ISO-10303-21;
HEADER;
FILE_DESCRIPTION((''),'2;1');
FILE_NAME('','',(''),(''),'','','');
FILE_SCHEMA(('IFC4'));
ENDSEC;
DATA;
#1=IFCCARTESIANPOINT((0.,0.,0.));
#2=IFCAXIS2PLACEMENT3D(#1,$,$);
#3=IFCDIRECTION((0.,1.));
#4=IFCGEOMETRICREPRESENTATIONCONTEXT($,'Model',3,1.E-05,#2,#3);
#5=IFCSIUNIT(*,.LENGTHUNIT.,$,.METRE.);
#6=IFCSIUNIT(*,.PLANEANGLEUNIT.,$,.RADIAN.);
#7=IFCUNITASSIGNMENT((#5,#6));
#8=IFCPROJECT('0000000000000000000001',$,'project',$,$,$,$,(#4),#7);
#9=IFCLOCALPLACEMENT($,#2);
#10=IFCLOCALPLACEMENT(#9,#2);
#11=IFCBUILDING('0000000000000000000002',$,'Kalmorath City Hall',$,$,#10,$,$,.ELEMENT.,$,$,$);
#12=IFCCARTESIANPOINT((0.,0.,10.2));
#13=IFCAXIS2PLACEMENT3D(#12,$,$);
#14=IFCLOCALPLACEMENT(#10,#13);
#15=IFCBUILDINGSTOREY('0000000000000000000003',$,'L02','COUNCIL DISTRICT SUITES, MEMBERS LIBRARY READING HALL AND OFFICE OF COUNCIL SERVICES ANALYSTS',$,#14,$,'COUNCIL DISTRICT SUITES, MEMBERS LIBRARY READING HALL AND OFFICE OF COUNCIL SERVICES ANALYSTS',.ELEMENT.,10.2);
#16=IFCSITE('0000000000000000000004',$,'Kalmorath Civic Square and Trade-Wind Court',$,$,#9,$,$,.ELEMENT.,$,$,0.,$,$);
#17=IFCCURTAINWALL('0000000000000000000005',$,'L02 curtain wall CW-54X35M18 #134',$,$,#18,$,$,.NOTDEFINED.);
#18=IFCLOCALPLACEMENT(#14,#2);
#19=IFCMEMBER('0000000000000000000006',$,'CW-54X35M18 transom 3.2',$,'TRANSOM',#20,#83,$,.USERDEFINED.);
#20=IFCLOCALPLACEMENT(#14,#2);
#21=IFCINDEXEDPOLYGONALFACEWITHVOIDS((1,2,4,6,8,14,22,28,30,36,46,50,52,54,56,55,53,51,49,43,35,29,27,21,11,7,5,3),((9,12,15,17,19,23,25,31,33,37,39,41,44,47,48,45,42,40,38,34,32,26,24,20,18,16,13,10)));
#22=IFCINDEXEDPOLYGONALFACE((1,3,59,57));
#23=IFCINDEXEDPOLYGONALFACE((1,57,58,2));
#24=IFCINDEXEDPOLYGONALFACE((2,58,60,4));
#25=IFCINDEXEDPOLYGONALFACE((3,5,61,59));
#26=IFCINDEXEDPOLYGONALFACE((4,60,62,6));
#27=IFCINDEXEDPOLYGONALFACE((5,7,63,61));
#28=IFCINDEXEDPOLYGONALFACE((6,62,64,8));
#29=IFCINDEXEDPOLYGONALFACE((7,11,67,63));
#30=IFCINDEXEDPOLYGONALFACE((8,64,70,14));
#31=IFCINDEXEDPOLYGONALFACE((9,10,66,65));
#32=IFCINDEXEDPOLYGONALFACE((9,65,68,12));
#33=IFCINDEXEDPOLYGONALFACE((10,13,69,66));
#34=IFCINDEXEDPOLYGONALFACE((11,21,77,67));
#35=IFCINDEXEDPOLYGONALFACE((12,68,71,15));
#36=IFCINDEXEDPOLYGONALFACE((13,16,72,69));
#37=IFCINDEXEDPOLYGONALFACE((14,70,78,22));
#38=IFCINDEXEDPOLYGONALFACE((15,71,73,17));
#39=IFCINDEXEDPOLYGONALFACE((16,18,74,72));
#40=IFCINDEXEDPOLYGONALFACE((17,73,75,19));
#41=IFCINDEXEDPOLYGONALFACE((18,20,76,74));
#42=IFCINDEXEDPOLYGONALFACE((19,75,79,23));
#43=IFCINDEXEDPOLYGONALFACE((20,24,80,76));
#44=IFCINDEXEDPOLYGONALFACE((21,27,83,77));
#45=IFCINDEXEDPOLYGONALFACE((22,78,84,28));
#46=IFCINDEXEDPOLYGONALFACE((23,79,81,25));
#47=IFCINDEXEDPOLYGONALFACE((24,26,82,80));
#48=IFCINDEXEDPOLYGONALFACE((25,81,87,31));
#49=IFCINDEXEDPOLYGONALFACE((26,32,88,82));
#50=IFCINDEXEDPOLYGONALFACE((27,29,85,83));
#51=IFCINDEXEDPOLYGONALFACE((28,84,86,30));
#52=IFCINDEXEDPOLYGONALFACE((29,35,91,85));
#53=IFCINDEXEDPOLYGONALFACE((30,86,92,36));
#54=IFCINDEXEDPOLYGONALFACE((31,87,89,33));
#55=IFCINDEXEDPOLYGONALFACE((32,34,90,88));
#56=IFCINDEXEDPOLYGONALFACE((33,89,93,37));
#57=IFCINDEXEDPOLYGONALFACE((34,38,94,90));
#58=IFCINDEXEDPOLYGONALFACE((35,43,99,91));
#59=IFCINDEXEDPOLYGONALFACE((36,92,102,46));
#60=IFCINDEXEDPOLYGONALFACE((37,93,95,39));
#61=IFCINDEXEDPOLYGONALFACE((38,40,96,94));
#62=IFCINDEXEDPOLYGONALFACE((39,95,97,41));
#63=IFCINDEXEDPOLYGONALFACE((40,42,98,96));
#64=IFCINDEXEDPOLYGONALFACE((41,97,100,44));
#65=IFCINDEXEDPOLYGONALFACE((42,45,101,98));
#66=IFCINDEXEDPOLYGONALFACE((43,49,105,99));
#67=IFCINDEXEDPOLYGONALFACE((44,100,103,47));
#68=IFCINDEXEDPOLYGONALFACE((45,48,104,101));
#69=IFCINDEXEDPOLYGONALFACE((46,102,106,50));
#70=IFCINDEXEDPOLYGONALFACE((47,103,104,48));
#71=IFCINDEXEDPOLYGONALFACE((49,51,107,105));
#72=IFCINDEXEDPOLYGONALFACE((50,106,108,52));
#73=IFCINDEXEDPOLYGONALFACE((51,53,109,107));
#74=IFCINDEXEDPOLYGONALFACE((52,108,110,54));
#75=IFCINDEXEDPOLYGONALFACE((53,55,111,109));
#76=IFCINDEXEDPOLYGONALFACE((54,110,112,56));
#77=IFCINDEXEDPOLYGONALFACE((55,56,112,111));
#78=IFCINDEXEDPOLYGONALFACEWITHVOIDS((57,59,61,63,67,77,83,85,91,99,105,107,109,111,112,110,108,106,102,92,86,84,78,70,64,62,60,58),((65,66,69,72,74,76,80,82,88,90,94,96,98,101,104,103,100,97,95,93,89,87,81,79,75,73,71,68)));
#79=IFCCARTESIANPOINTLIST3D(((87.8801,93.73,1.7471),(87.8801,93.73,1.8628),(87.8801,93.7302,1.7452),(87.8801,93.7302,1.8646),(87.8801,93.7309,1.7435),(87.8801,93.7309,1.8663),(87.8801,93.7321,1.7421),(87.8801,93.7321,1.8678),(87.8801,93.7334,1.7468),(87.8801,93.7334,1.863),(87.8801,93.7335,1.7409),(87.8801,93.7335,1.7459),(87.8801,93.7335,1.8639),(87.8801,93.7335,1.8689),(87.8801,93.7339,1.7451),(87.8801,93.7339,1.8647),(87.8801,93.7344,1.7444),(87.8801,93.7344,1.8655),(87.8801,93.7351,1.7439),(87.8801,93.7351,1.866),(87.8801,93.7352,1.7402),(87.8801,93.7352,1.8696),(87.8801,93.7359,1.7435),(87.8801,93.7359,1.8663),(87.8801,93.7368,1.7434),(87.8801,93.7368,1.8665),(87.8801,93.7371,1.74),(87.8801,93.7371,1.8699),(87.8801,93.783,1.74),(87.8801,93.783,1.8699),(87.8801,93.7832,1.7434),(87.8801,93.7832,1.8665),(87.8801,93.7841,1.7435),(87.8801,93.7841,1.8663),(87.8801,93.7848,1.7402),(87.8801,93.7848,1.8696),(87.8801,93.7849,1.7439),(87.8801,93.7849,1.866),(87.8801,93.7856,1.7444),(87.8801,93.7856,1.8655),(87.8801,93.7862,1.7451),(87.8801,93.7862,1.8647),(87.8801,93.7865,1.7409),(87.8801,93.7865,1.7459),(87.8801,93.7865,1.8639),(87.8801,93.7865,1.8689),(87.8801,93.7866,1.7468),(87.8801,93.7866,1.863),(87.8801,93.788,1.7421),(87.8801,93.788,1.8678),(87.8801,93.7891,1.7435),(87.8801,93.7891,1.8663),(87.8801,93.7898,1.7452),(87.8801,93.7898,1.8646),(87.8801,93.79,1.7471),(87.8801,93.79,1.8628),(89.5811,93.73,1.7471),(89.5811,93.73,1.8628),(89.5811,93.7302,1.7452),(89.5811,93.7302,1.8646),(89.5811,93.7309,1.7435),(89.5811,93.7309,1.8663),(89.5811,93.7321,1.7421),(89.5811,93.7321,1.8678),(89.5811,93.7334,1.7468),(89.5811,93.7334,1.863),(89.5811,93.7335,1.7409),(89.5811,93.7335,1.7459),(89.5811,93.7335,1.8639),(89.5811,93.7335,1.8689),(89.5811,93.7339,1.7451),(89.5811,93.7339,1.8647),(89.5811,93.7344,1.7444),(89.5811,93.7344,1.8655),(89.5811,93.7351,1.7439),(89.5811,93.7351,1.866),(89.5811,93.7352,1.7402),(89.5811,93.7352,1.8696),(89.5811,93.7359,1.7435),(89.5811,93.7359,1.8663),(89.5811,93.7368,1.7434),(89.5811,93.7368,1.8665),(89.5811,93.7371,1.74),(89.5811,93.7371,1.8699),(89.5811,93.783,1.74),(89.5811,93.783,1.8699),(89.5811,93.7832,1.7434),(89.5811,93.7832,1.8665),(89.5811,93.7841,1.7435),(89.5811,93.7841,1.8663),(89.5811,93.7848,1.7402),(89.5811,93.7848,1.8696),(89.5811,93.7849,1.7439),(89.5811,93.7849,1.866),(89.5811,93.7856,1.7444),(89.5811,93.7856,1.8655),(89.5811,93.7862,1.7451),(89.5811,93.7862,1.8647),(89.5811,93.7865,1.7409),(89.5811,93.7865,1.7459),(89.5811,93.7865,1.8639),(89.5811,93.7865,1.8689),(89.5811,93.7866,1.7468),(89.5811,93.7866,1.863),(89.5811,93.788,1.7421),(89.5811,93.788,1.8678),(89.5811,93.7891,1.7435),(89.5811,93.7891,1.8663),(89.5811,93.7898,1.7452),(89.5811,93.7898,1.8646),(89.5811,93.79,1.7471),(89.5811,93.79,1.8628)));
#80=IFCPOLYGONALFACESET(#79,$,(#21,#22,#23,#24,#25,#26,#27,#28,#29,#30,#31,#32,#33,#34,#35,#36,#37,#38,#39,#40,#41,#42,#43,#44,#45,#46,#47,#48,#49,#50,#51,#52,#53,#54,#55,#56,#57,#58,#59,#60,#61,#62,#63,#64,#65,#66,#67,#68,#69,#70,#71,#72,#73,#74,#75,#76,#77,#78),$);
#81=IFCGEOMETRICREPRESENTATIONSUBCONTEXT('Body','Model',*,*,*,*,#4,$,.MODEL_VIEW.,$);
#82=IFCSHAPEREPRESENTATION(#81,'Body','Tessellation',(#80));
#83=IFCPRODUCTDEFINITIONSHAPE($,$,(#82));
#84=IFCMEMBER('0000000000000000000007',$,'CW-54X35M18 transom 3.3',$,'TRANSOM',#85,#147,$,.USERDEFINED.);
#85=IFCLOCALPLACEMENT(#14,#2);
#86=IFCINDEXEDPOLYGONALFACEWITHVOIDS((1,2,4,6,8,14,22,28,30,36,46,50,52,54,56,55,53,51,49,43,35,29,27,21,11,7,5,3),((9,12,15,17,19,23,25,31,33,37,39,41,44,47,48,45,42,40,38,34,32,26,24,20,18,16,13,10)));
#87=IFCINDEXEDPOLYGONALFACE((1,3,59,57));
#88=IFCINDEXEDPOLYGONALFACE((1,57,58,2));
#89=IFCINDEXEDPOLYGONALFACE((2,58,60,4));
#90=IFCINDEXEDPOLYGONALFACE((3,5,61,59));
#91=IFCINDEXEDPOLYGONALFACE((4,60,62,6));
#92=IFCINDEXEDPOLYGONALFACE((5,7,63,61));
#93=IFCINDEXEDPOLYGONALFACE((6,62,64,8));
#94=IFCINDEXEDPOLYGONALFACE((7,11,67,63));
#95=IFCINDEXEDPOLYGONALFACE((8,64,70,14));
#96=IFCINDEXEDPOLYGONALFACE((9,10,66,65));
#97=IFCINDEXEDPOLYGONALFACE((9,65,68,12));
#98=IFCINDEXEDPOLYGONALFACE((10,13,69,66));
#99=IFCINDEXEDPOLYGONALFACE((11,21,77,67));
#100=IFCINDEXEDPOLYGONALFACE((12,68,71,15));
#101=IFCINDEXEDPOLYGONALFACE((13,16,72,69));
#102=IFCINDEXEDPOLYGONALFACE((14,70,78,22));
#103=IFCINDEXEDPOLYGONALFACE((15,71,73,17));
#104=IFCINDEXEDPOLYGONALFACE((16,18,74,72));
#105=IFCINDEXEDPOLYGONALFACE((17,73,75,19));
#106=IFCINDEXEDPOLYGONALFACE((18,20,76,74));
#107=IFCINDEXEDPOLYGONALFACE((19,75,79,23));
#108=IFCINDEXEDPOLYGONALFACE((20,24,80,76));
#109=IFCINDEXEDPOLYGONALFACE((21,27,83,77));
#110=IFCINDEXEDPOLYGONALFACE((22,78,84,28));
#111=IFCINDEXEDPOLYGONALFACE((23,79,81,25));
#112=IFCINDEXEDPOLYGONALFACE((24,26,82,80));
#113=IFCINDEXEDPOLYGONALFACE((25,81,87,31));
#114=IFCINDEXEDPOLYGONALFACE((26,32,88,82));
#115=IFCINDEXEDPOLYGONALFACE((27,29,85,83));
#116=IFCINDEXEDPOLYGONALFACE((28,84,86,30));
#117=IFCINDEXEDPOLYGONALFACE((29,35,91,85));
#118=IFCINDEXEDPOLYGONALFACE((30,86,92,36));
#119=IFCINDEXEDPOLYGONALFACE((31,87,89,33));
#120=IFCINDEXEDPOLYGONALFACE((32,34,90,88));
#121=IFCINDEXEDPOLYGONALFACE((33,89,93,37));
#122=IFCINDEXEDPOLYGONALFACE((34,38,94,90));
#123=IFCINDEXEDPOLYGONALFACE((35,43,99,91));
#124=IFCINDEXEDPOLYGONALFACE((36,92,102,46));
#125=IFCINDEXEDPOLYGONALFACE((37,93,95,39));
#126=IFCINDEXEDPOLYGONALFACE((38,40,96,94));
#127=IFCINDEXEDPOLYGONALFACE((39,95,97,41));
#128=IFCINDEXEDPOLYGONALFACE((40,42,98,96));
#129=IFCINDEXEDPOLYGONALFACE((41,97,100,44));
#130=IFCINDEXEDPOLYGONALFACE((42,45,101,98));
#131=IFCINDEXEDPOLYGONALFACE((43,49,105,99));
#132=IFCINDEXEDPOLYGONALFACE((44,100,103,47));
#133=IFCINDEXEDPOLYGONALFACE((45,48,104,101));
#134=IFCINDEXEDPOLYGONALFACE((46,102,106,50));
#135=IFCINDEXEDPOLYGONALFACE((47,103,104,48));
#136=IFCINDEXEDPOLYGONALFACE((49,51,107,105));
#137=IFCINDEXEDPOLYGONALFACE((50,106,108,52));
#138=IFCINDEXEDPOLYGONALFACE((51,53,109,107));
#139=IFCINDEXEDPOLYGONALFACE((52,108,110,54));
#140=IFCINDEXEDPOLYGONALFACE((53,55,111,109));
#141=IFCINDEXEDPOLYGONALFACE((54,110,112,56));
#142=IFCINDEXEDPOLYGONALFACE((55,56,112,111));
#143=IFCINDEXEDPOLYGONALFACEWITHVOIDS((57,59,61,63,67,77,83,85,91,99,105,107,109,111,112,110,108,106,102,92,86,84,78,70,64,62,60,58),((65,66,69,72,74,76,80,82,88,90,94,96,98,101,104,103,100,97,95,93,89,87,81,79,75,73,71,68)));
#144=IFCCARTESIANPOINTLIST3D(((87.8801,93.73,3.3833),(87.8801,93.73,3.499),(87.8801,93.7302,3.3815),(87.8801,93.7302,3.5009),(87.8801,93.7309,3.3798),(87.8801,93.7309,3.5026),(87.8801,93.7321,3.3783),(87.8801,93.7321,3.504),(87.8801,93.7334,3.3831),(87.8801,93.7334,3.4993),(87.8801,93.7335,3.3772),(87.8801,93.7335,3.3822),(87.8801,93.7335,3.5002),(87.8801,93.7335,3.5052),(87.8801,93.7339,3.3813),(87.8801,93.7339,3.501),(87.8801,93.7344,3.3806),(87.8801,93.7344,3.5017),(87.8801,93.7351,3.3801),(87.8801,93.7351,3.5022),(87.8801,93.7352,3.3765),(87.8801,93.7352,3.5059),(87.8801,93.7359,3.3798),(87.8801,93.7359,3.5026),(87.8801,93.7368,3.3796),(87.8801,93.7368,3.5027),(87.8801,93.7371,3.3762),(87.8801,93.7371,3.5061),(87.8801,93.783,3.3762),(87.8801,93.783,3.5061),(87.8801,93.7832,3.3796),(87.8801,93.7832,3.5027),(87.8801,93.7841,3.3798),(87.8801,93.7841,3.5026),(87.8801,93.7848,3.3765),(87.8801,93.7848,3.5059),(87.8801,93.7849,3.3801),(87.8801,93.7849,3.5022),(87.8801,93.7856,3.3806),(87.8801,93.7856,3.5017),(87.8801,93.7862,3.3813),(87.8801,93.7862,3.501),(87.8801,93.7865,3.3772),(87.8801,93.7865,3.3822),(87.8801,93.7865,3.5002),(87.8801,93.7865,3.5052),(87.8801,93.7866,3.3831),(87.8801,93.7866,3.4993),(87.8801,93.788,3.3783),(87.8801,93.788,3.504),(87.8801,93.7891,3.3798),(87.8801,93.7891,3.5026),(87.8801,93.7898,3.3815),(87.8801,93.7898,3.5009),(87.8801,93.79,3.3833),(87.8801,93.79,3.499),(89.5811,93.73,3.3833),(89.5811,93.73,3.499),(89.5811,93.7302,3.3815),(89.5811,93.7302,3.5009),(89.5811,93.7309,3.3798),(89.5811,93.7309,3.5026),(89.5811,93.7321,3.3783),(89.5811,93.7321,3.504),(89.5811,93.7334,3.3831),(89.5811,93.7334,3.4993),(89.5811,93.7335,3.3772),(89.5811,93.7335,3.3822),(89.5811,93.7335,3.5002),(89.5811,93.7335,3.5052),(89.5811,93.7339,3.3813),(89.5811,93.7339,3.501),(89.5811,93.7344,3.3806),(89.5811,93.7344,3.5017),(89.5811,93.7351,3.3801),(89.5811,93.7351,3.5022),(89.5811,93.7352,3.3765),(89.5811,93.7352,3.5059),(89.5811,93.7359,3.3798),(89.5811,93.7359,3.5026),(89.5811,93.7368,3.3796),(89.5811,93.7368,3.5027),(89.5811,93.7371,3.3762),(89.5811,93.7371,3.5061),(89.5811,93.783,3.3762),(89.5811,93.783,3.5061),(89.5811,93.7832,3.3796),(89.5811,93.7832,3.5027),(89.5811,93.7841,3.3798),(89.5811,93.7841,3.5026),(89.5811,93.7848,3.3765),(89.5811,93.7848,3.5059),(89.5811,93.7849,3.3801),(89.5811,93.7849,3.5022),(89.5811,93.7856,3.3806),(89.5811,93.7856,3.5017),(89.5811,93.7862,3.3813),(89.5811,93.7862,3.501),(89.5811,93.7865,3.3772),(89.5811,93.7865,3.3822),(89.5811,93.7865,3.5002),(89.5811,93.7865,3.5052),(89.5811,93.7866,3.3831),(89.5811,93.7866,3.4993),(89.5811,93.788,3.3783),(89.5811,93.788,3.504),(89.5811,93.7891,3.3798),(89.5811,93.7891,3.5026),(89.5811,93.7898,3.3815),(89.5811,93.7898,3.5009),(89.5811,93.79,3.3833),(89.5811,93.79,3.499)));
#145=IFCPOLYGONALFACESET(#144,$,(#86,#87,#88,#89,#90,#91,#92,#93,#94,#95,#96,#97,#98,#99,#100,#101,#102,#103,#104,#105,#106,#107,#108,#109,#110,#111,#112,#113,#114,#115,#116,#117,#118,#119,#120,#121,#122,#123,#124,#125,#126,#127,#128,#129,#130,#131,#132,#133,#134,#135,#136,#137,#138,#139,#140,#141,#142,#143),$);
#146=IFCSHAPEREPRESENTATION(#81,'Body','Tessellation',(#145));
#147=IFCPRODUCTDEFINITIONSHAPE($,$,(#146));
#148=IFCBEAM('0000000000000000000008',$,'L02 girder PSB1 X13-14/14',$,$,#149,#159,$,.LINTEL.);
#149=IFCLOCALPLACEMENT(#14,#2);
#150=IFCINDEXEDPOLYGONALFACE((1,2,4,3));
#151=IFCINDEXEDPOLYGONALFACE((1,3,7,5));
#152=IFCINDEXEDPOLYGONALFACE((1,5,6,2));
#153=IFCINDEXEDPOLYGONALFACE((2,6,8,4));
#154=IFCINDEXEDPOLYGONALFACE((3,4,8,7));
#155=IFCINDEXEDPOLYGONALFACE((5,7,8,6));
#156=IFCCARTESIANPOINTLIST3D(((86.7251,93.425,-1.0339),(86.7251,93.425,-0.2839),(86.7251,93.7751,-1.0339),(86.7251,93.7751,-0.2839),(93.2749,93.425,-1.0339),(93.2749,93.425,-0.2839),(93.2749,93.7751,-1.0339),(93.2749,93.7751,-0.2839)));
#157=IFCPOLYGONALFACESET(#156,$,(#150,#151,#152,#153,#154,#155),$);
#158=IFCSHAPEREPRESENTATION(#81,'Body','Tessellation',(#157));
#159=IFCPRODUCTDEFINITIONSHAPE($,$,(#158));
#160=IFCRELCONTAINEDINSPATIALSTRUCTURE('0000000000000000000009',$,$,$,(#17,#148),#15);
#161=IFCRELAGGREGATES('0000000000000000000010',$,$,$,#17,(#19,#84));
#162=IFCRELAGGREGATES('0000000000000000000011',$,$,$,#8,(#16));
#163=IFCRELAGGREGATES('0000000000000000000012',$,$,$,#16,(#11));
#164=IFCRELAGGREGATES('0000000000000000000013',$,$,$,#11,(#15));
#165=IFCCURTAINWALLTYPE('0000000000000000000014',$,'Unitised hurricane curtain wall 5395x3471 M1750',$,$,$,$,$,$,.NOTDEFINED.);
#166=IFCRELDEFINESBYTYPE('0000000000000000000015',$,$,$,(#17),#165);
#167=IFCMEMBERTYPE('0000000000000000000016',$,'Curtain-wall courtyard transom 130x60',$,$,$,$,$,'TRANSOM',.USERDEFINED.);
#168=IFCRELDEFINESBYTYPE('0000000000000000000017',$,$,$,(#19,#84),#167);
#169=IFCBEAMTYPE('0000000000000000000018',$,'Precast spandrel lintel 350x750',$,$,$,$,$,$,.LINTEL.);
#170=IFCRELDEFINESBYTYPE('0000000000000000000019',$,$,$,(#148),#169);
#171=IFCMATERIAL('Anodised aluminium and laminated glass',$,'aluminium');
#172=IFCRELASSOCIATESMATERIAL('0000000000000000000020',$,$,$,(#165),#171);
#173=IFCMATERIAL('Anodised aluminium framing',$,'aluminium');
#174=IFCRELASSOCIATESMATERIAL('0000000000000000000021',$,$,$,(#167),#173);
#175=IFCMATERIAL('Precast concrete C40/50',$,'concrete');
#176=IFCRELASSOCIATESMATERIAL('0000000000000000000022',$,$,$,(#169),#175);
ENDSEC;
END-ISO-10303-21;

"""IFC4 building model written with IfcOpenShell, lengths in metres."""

from ifc_helpers import new_model, si_unit, direction, frame, origin, origin_2d, place, context, subcontext, project, spatial, rectangle, hollow_rectangle, extrude, material, material_profile, profile_set, type_object, element, aggregate, save


model = new_model("IFC4")

# Units and contexts
model_context = context("Model", 3, precision=1e-05, world=origin(), true_north=direction((0.0, 1.0)))
body_context = subcontext(model_context, "Body", "Model", "MODEL_VIEW")
ifc_project = project(units=[si_unit("LENGTHUNIT", "METRE"), si_unit("PLANEANGLEUNIT", "RADIAN")], contexts=[model_context])

# Site, building, storey
site_placement = place(None, origin())
site = spatial("IfcSite", under=ifc_project, at=site_placement, Name="Kalmorath Civic Square and Trade-Wind Court", CompositionType="ELEMENT", RefElevation=0.0)
building_placement = place(site_placement, origin())
building = spatial("IfcBuilding", under=site, at=building_placement, Name="Kalmorath City Hall", CompositionType="ELEMENT")
storey_placement = place(building_placement, frame((0.0, 0.0, 10.2)))
storey = spatial("IfcBuildingStorey", under=building, at=storey_placement, Name="L02", Description="COUNCIL DISTRICT SUITES, MEMBERS LIBRARY READING HALL AND OFFICE OF COUNCIL SERVICES ANALYSTS", LongName="COUNCIL DISTRICT SUITES, MEMBERS LIBRARY READING HALL AND OFFICE OF COUNCIL SERVICES ANALYSTS", CompositionType="ELEMENT", Elevation=10.2)

# Curtain wall, members
ifc_material_1 = material(Name="Anodised aluminium and laminated glass", Category="aluminium")
curtain_wall_type = type_object("IfcCurtainWallType", Name="Unitised hurricane curtain wall 5395x3471 M1750", PredefinedType="NOTDEFINED", material=ifc_material_1)
curtain_wall_placement = place(storey_placement, origin())
curtain_wall = element("IfcCurtainWall", 1, at=curtain_wall_placement, inside=storey, type_object=curtain_wall_type, Name="L02 curtain wall CW-54X35M18 #134", PredefinedType="NOTDEFINED")
ifc_material_2 = material(Name="Anodised aluminium framing", Category="aluminium")
ifc_material_profile_1 = material_profile(ifc_material_2, hollow_rectangle(XDim=0.0601, YDim=0.1299, WallThickness=0.0034, InnerFilletRadius=0.0034, OuterFilletRadius=0.0071, at=origin_2d()), Name="ALU-TRN-130X60X3.5")
ifc_profile_set_1 = profile_set([ifc_material_profile_1], Name="Anodised aluminium framing")
member_type_1 = type_object("IfcMemberType", Name="Curtain-wall courtyard transom 130x60", ElementType="TRANSOM", PredefinedType="USERDEFINED", material=ifc_profile_set_1)
member_1_placement = place(storey_placement, frame((89.5811, 93.76, 1.8049), z_axis=(-1.0, 0.0, 0.0), x_axis=(0.0, -1.0, 0.0)))
member_1 = element("IfcMember", 2, at=member_1_placement, type_object=member_type_1, Name="CW-54X35M18 transom 3.2", ObjectType="TRANSOM", PredefinedType="USERDEFINED", context=body_context, shape_type="SweptSolid", body=[
    extrude(hollow_rectangle(XDim=0.0601, YDim=0.1299, WallThickness=0.0034, InnerFilletRadius=0.0034, OuterFilletRadius=0.0071, at=origin_2d()), origin(), (0.0, 0.0, 1.0), 1.7009),
])
member_2_placement = place(storey_placement, frame((89.5811, 93.76, 3.4412), z_axis=(-1.0, 0.0, 0.0), x_axis=(0.0, -1.0, 0.0)))
member_2 = element("IfcMember", 3, at=member_2_placement, type_object=member_type_1, Name="CW-54X35M18 transom 3.3", ObjectType="TRANSOM", PredefinedType="USERDEFINED", context=body_context, shape_type="SweptSolid", body=[
    extrude(hollow_rectangle(XDim=0.0601, YDim=0.1299, WallThickness=0.0034, InnerFilletRadius=0.0034, OuterFilletRadius=0.0071, at=origin_2d()), origin(), (0.0, 0.0, 1.0), 1.7009),
])

# Beam
ifc_material_3 = material(Name="Precast concrete C40/50", Category="concrete")
ifc_material_profile_2 = material_profile(ifc_material_3, rectangle(XDim=0.3501, YDim=0.75, at=origin_2d()), Name="PC-SP-350X750")
ifc_profile_set_2 = profile_set([ifc_material_profile_2], Name="Precast concrete C40/50")
beam_type_1 = type_object("IfcBeamType", Name="Precast spandrel lintel 350x750", PredefinedType="LINTEL", material=ifc_profile_set_2)
beam_placement = place(storey_placement, frame((86.7251, 93.6001, -0.6589), z_axis=(1.0, 0.0, 0.0), x_axis=(0.0, 1.0, 0.0)))
element("IfcBeam", 4, at=beam_placement, inside=storey, type_object=beam_type_1, Name="L02 girder PSB1 X13-14/14", PredefinedType="LINTEL", context=body_context, shape_type="SweptSolid", body=[
    extrude(rectangle(XDim=0.3501, YDim=0.75, at=origin_2d()), origin(), (0.0, 0.0, 1.0), 6.5498),
])

aggregate(curtain_wall, [member_1, member_2])

save(model, "model.ifc")
